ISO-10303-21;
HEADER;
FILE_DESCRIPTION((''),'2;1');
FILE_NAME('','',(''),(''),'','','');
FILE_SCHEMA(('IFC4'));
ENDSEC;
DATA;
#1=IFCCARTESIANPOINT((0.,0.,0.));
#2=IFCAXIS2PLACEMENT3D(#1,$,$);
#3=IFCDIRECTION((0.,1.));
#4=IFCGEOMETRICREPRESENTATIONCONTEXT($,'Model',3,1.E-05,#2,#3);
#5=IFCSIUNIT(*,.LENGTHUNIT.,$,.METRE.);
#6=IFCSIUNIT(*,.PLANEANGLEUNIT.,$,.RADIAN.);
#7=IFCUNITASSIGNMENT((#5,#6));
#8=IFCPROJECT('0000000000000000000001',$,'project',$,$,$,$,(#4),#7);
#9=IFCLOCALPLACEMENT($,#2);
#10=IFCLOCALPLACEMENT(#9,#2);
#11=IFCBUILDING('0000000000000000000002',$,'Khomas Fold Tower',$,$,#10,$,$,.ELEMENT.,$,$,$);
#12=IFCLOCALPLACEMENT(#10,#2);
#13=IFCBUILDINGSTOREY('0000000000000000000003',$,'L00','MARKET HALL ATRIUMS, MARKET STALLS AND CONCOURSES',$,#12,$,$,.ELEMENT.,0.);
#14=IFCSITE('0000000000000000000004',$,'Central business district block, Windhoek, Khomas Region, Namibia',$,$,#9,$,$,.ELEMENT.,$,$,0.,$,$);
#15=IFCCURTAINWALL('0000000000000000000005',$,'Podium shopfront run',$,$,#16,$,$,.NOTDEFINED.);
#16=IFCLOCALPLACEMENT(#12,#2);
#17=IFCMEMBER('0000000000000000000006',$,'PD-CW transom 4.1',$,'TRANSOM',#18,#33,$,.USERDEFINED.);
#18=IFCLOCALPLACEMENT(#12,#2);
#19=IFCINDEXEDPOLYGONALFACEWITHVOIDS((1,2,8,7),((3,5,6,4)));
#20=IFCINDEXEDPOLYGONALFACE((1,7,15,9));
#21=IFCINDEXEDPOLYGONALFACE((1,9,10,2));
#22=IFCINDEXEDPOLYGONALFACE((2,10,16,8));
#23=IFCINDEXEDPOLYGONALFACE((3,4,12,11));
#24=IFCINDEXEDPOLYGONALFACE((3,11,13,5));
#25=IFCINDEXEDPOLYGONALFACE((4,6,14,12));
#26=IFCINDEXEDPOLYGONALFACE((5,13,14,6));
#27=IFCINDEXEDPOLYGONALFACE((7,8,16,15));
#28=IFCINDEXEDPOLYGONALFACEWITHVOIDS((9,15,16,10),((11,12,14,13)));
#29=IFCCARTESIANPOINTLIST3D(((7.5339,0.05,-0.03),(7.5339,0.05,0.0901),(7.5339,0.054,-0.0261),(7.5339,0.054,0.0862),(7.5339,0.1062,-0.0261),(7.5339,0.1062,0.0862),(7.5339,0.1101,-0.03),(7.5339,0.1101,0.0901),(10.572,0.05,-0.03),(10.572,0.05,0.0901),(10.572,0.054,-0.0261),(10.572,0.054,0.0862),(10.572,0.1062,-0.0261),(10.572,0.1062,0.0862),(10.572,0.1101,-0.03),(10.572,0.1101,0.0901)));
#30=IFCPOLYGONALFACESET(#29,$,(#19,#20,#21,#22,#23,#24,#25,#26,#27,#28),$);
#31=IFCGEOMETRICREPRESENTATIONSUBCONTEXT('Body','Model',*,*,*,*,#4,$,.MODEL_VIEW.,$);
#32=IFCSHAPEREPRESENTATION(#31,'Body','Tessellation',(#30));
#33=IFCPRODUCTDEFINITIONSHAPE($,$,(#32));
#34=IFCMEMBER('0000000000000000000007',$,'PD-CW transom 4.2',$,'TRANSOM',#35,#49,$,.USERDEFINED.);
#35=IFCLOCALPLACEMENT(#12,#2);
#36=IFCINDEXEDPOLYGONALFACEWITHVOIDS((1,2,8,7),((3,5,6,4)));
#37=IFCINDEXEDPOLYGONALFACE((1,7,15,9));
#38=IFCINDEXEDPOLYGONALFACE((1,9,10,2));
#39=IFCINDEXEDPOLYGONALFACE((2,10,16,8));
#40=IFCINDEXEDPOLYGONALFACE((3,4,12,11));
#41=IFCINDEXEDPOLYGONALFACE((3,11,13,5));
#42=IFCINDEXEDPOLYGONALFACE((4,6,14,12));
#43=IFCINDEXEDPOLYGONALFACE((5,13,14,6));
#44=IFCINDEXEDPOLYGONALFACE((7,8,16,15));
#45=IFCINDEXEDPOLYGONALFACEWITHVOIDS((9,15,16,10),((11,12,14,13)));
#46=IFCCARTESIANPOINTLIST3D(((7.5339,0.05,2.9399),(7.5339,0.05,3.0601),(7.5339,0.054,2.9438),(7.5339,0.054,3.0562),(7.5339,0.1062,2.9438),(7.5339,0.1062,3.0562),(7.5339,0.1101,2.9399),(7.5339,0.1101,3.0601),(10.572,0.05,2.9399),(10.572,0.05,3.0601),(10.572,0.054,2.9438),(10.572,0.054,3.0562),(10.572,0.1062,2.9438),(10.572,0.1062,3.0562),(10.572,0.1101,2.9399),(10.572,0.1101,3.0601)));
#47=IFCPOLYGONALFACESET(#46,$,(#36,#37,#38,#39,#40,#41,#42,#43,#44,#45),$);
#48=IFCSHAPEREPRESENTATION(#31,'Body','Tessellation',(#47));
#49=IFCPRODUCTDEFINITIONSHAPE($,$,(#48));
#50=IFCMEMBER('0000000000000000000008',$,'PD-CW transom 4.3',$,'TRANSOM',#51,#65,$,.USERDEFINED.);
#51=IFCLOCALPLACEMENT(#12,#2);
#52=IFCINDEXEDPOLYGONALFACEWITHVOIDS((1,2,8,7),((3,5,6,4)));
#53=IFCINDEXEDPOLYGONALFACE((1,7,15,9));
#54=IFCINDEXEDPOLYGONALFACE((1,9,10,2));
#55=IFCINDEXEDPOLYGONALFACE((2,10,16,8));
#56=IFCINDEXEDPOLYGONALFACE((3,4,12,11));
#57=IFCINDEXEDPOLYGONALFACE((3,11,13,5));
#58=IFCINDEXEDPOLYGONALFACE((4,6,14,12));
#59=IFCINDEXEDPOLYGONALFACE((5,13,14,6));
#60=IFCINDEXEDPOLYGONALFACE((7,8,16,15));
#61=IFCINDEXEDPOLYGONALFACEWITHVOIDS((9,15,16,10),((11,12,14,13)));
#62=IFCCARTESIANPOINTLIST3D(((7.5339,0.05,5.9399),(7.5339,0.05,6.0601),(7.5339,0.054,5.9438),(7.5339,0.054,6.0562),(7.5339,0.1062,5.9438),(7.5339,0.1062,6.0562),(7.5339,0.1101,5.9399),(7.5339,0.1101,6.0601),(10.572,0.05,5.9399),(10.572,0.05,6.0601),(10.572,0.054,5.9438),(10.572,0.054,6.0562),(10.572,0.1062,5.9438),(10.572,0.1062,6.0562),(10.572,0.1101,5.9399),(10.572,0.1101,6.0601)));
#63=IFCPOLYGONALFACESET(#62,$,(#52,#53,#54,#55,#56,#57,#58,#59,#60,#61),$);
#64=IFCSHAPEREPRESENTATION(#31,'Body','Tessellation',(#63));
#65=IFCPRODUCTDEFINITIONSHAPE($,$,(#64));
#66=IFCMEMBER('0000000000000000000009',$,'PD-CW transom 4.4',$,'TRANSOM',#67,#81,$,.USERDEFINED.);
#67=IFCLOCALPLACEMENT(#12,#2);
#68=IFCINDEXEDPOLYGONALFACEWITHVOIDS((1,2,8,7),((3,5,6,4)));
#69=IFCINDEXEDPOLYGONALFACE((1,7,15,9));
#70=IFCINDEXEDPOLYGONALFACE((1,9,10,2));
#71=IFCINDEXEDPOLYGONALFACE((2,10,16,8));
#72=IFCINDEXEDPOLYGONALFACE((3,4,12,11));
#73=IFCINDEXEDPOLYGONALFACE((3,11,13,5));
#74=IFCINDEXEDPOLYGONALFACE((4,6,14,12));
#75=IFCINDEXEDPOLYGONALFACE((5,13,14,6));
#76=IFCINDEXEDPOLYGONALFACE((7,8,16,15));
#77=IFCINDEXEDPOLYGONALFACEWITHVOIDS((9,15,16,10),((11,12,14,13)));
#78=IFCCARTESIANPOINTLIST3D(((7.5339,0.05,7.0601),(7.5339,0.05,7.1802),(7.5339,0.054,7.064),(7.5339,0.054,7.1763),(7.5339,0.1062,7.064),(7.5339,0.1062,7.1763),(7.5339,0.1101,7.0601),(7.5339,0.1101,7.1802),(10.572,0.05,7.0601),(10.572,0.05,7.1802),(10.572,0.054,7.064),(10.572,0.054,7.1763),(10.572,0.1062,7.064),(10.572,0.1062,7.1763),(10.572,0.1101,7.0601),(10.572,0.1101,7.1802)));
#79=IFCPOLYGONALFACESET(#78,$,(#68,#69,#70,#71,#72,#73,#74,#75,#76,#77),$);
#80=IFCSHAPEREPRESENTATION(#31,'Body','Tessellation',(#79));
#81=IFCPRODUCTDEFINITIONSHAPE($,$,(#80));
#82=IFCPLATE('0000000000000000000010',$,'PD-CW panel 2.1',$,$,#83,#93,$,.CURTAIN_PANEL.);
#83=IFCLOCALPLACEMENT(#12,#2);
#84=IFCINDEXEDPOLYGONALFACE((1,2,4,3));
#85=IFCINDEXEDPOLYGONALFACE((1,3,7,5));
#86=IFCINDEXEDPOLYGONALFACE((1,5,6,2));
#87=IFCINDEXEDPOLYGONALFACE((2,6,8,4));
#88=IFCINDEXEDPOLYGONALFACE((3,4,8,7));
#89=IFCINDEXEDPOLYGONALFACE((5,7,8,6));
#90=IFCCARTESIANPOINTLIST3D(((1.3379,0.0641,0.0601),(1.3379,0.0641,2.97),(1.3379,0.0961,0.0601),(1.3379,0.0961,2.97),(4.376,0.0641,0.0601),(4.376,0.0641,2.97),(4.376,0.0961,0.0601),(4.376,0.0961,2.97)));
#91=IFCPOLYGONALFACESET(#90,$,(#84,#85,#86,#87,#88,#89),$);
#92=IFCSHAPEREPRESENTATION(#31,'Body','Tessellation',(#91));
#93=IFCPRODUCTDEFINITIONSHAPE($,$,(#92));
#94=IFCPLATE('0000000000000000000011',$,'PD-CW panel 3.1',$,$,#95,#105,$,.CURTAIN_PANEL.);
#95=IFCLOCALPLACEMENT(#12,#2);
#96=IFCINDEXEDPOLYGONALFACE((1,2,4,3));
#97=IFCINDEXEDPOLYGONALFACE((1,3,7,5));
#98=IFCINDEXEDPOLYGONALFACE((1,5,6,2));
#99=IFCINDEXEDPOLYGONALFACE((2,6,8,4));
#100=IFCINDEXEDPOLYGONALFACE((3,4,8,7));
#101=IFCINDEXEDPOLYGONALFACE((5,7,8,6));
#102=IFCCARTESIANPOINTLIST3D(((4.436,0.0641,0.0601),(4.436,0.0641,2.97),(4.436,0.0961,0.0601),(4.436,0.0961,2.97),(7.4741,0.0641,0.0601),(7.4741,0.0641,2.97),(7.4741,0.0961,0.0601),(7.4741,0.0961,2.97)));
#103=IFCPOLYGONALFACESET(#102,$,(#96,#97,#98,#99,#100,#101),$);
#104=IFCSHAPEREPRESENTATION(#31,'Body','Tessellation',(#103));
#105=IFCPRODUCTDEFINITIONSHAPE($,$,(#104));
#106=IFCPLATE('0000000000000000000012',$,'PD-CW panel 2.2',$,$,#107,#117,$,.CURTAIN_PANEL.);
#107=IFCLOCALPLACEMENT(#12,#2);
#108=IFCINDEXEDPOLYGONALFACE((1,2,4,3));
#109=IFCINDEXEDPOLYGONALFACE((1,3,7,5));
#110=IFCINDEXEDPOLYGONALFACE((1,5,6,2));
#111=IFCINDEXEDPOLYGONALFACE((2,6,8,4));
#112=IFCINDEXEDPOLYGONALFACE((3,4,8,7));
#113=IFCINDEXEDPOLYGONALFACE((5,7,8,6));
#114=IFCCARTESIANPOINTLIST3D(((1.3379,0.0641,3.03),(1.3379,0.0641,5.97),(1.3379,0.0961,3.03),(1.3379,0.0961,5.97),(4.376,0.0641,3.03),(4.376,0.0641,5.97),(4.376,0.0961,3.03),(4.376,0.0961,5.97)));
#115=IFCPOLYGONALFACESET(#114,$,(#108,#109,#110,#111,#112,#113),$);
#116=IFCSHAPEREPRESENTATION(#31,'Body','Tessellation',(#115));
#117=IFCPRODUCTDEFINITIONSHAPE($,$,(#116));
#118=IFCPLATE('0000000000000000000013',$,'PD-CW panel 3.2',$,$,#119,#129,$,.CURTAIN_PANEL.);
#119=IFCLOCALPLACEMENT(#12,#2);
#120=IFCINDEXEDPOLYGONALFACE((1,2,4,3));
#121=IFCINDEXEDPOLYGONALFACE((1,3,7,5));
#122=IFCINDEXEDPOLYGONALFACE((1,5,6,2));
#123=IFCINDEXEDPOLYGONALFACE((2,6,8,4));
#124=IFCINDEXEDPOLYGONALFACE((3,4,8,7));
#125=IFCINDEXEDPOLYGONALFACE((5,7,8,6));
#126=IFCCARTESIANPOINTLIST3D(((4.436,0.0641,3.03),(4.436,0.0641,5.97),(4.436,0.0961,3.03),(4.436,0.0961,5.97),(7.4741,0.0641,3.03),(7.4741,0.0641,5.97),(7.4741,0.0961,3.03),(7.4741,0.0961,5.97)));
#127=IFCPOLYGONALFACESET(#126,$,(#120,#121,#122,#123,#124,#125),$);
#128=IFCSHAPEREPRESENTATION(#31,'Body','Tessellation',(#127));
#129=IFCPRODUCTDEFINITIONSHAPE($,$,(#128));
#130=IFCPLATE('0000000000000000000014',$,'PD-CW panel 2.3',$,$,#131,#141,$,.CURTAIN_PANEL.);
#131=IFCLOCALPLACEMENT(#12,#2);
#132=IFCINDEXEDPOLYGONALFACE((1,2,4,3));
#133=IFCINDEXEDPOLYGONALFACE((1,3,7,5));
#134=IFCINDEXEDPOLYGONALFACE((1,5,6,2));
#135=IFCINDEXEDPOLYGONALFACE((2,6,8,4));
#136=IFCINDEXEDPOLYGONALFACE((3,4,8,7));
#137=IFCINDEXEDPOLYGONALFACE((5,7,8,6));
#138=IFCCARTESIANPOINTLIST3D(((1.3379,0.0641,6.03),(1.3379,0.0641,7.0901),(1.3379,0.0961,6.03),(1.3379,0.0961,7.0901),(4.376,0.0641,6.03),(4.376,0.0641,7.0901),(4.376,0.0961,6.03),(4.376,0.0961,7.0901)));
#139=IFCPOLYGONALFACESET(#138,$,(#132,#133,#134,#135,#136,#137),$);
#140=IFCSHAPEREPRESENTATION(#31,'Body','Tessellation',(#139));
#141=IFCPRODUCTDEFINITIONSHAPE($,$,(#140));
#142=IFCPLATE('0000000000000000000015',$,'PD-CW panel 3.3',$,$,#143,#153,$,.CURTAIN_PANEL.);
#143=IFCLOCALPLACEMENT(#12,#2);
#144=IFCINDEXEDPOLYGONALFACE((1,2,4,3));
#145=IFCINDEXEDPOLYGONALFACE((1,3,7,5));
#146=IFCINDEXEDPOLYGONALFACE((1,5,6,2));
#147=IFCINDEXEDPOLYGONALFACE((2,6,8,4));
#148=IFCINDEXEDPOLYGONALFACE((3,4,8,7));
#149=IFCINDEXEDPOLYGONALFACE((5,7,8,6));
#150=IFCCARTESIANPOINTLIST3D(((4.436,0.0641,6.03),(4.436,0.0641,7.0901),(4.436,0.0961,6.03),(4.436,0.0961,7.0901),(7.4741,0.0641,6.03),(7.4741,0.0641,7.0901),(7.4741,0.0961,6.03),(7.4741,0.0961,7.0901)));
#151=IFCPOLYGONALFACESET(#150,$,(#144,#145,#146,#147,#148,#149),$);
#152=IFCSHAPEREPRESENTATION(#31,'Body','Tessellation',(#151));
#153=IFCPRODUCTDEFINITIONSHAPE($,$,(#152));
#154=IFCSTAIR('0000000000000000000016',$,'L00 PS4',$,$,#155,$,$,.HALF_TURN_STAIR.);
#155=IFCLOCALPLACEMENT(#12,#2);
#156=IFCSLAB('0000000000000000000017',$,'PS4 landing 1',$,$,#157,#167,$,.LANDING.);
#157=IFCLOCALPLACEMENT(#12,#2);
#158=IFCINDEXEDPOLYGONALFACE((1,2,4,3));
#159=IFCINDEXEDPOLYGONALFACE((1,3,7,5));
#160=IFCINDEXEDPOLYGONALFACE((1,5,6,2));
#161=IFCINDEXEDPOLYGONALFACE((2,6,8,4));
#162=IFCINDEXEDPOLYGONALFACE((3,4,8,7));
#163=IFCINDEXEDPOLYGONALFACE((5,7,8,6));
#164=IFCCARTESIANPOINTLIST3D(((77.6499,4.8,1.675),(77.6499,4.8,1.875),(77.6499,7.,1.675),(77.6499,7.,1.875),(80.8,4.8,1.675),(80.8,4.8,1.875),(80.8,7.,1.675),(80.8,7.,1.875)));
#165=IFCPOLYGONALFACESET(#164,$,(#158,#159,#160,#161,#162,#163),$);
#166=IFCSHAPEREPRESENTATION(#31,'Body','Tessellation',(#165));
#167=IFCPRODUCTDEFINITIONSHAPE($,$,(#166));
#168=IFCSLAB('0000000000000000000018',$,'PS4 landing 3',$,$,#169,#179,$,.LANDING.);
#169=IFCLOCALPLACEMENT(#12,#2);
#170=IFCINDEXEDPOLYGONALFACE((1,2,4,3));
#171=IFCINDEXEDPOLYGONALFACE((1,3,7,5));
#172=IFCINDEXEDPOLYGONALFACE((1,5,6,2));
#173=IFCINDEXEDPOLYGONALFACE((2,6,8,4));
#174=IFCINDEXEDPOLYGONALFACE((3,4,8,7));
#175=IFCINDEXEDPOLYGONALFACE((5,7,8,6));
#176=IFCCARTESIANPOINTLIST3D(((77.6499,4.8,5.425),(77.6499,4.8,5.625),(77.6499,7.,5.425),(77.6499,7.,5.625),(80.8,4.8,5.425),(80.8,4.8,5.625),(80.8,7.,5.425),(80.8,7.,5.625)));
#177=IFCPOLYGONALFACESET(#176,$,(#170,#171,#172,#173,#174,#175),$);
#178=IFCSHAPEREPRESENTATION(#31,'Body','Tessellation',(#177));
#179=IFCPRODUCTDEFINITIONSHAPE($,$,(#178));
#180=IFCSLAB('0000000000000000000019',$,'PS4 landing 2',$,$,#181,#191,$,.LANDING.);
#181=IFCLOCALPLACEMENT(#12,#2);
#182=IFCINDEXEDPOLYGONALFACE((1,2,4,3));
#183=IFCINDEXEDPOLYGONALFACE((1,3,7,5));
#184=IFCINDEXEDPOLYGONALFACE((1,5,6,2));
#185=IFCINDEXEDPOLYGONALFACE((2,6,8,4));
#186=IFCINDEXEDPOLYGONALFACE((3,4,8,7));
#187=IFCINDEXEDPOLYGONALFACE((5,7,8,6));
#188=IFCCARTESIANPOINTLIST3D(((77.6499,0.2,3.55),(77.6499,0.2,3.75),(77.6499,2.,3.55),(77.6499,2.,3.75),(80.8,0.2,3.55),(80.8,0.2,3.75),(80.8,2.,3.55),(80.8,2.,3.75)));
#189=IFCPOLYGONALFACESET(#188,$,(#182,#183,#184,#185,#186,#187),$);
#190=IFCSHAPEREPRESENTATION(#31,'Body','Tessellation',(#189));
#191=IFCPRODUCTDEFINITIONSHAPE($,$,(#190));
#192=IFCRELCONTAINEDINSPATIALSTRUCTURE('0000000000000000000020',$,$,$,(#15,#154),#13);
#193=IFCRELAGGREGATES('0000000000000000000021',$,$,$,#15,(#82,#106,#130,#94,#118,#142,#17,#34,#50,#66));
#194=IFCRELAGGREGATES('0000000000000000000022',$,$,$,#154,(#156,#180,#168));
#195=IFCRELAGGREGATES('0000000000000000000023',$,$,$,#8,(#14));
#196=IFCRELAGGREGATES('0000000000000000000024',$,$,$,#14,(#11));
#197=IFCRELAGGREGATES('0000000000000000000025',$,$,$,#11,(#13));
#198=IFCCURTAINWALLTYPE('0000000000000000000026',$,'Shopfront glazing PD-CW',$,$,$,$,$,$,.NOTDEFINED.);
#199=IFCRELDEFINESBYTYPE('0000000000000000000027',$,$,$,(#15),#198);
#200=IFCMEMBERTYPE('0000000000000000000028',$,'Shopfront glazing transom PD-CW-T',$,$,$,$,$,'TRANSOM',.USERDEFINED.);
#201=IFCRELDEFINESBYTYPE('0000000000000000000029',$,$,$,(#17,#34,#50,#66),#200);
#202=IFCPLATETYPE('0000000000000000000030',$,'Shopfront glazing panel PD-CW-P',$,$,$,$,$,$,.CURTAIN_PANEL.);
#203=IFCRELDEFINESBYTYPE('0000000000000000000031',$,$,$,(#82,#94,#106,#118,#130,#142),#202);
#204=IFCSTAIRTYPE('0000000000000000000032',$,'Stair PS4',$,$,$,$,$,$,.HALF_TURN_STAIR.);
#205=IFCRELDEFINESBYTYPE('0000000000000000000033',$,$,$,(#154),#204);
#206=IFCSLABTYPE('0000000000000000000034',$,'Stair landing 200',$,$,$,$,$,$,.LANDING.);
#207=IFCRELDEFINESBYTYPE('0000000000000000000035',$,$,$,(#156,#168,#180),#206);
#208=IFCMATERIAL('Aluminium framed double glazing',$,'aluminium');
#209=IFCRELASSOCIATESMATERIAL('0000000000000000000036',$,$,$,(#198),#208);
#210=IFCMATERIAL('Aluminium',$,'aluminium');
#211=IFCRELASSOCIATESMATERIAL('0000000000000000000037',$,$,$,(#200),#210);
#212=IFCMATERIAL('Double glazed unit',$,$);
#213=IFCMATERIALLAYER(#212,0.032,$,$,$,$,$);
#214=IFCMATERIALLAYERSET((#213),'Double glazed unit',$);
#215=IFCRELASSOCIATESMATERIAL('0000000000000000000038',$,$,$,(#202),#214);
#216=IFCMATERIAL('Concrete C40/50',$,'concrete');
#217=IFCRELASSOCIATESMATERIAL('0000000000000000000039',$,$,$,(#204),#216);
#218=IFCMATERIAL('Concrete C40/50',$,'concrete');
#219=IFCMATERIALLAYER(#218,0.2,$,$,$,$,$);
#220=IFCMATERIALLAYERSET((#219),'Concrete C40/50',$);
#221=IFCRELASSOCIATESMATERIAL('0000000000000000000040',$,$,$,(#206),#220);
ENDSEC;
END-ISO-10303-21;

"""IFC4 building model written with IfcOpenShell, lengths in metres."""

from ifc_helpers import new_model, si_unit, direction, frame, origin, origin_2d, place, context, subcontext, project, spatial, polyline, rectangle, hollow_rectangle, outline, extrude, source, transform, mapped, material, layer, layer_set, material_profile, profile_set, type_object, element, aggregate, save


model = new_model("IFC4")

# Units and contexts
model_context = context("Model", 3, precision=1e-05, world=origin(), true_north=direction((0.0, 1.0)))
body_context = subcontext(model_context, "Body", "Model", "MODEL_VIEW")
ifc_project = project(units=[si_unit("LENGTHUNIT", "METRE"), si_unit("PLANEANGLEUNIT", "RADIAN")], contexts=[model_context])

# Site, building, storey
site_placement = place(None, origin())
site = spatial("IfcSite", under=ifc_project, at=site_placement, Name="Central business district block, Windhoek, Khomas Region, Namibia", CompositionType="ELEMENT", RefElevation=0.0)
building_placement = place(site_placement, origin())
building = spatial("IfcBuilding", under=site, at=building_placement, Name="Khomas Fold Tower", CompositionType="ELEMENT")
storey_placement = place(building_placement, origin())
storey = spatial("IfcBuildingStorey", under=building, at=storey_placement, Name="L00", Description="MARKET HALL ATRIUMS, MARKET STALLS AND CONCOURSES", CompositionType="ELEMENT", Elevation=0.0)

# Curtain wall, members, plates
ifc_material_1 = material(Name="Aluminium framed double glazing", Category="aluminium")
curtain_wall_type = type_object("IfcCurtainWallType", Name="Shopfront glazing PD-CW", PredefinedType="NOTDEFINED", material=ifc_material_1)
curtain_wall_placement = place(storey_placement, origin())
curtain_wall = element("IfcCurtainWall", 1, at=curtain_wall_placement, inside=storey, type_object=curtain_wall_type, Name="Podium shopfront run", PredefinedType="NOTDEFINED")
ifc_material_2 = material(Name="Aluminium", Category="aluminium")
ifc_material_profile_1 = material_profile(ifc_material_2, hollow_rectangle(XDim=0.0601, YDim=0.1201, WallThickness=0.0039, at=origin_2d()), Name="Shopfront glazing transom PD-CW-T")
ifc_profile_set_1 = profile_set([ifc_material_profile_1], Name="Aluminium")
member_type_1 = type_object("IfcMemberType", Name="Shopfront glazing transom PD-CW-T", ElementType="TRANSOM", PredefinedType="USERDEFINED", material=ifc_profile_set_1)
shared_shape_1 = source(origin(), body_context, "Body", "SweptSolid", [
    extrude(hollow_rectangle(XDim=0.0601, YDim=0.1201, WallThickness=0.0039, at=origin_2d()), origin(), (0.0, 0.0, 1.0), 3.0381),
])
member_1_placement = place(storey_placement, frame((7.5339, 0.0801, 0.03), z_axis=(1.0, 0.0, 0.0), x_axis=(0.0, 1.0, 0.0)))
member_1 = element("IfcMember", 2, at=member_1_placement, type_object=member_type_1, Name="PD-CW transom 4.1", ObjectType="TRANSOM", PredefinedType="USERDEFINED", context=body_context, shape_type="MappedRepresentation", body=[
    mapped(shared_shape_1, transform((0.0, 0.0, 0.0))),
])
member_2_placement = place(storey_placement, frame((7.5339, 0.0801, 3.0), z_axis=(1.0, 0.0, 0.0), x_axis=(0.0, 1.0, 0.0)))
member_2 = element("IfcMember", 3, at=member_2_placement, type_object=member_type_1, Name="PD-CW transom 4.2", ObjectType="TRANSOM", PredefinedType="USERDEFINED", context=body_context, shape_type="MappedRepresentation", body=[
    mapped(shared_shape_1, transform((0.0, 0.0, 0.0))),
])
member_3_placement = place(storey_placement, frame((7.5339, 0.0801, 6.0), z_axis=(1.0, 0.0, 0.0), x_axis=(0.0, 1.0, 0.0)))
member_3 = element("IfcMember", 4, at=member_3_placement, type_object=member_type_1, Name="PD-CW transom 4.3", ObjectType="TRANSOM", PredefinedType="USERDEFINED", context=body_context, shape_type="MappedRepresentation", body=[
    mapped(shared_shape_1, transform((0.0, 0.0, 0.0))),
])
member_4_placement = place(storey_placement, frame((7.5339, 0.0801, 7.1201), z_axis=(1.0, 0.0, 0.0), x_axis=(0.0, 1.0, 0.0)))
member_4 = element("IfcMember", 5, at=member_4_placement, type_object=member_type_1, Name="PD-CW transom 4.4", ObjectType="TRANSOM", PredefinedType="USERDEFINED", context=body_context, shape_type="MappedRepresentation", body=[
    mapped(shared_shape_1, transform((0.0, 0.0, 0.0))),
])
ifc_material_3 = material(Name="Double glazed unit")
ifc_layer_1 = layer(ifc_material_3, 0.032)
ifc_layer_set_1 = layer_set([ifc_layer_1], Name="Double glazed unit")
plate_type = type_object("IfcPlateType", Name="Shopfront glazing panel PD-CW-P", PredefinedType="CURTAIN_PANEL", material=ifc_layer_set_1)
shared_shape_2 = source(origin(), body_context, "Body", "SweptSolid", [
    extrude(rectangle(XDim=3.0381, YDim=0.032, at=origin_2d()), origin(), (0.0, 0.0, 1.0), 2.9099),
])
plate_1_placement = place(storey_placement, frame((2.8569, 0.0801, 0.0601), z_axis=(0.0, 0.0, 1.0), x_axis=(1.0, 0.0, 0.0)))
plate_1 = element("IfcPlate", 6, at=plate_1_placement, type_object=plate_type, Name="PD-CW panel 2.1", PredefinedType="CURTAIN_PANEL", context=body_context, shape_type="MappedRepresentation", body=[
    mapped(shared_shape_2, transform((0.0, 0.0, 0.0))),
])
plate_2_placement = place(storey_placement, frame((5.9551, 0.0801, 0.0601), z_axis=(0.0, 0.0, 1.0), x_axis=(1.0, 0.0, 0.0)))
plate_2 = element("IfcPlate", 7, at=plate_2_placement, type_object=plate_type, Name="PD-CW panel 3.1", PredefinedType="CURTAIN_PANEL", context=body_context, shape_type="MappedRepresentation", body=[
    mapped(shared_shape_2, transform((0.0, 0.0, 0.0))),
])
shared_shape_3 = source(origin(), body_context, "Body", "SweptSolid", [
    extrude(rectangle(XDim=3.0381, YDim=0.032, at=origin_2d()), origin(), (0.0, 0.0, 1.0), 2.9399),
])
plate_3_placement = place(storey_placement, frame((2.8569, 0.0801, 3.03), z_axis=(0.0, 0.0, 1.0), x_axis=(1.0, 0.0, 0.0)))
plate_3 = element("IfcPlate", 8, at=plate_3_placement, type_object=plate_type, Name="PD-CW panel 2.2", PredefinedType="CURTAIN_PANEL", context=body_context, shape_type="MappedRepresentation", body=[
    mapped(shared_shape_3, transform((0.0, 0.0, 0.0))),
])
plate_4_placement = place(storey_placement, frame((5.9551, 0.0801, 3.03), z_axis=(0.0, 0.0, 1.0), x_axis=(1.0, 0.0, 0.0)))
plate_4 = element("IfcPlate", 9, at=plate_4_placement, type_object=plate_type, Name="PD-CW panel 3.2", PredefinedType="CURTAIN_PANEL", context=body_context, shape_type="MappedRepresentation", body=[
    mapped(shared_shape_3, transform((0.0, 0.0, 0.0))),
])
shared_shape_4 = source(origin(), body_context, "Body", "SweptSolid", [
    extrude(rectangle(XDim=3.0381, YDim=0.032, at=origin_2d()), origin(), (0.0, 0.0, 1.0), 1.0601),
])
plate_5_placement = place(storey_placement, frame((2.8569, 0.0801, 6.03), z_axis=(0.0, 0.0, 1.0), x_axis=(1.0, 0.0, 0.0)))
plate_5 = element("IfcPlate", 10, at=plate_5_placement, type_object=plate_type, Name="PD-CW panel 2.3", PredefinedType="CURTAIN_PANEL", context=body_context, shape_type="MappedRepresentation", body=[
    mapped(shared_shape_4, transform((0.0, 0.0, 0.0))),
])
plate_6_placement = place(storey_placement, frame((5.9551, 0.0801, 6.03), z_axis=(0.0, 0.0, 1.0), x_axis=(1.0, 0.0, 0.0)))
plate_6 = element("IfcPlate", 11, at=plate_6_placement, type_object=plate_type, Name="PD-CW panel 3.3", PredefinedType="CURTAIN_PANEL", context=body_context, shape_type="MappedRepresentation", body=[
    mapped(shared_shape_4, transform((0.0, 0.0, 0.0))),
])
aggregate(curtain_wall, [plate_1, plate_3, plate_5, plate_2, plate_4, plate_6, member_1, member_2, member_3, member_4])

# Stair, slabs
ifc_material_4 = material(Name="Concrete C40/50", Category="concrete")
stair_type_1 = type_object("IfcStairType", Name="Stair PS4", PredefinedType="HALF_TURN_STAIR", material=ifc_material_4)
stair_1_placement = place(storey_placement, origin())
stair_1 = element("IfcStair", 12, at=stair_1_placement, inside=storey, type_object=stair_type_1, Name="L00 PS4", PredefinedType="HALF_TURN_STAIR")
ifc_material_5 = material(Name="Concrete C40/50", Category="concrete")
ifc_layer_2 = layer(ifc_material_5, 0.2)
ifc_layer_set_2 = layer_set([ifc_layer_2], Name="Concrete C40/50")
slab_type = type_object("IfcSlabType", Name="Stair landing 200", PredefinedType="LANDING", material=ifc_layer_set_2)
shared_shape_5 = source(origin(), body_context, "Body", "SweptSolid", [
    extrude(outline(polyline([(80.8, 4.8), (80.8, 7.0), (77.6499, 7.0), (77.6499, 4.8), (80.8, 4.8)])), origin(), (0.0, 0.0, 1.0), 0.2),
])
slab_1_placement = place(storey_placement, frame((0.0, 0.0, 1.675)))
slab_1 = element("IfcSlab", 13, at=slab_1_placement, type_object=slab_type, Name="PS4 landing 1", PredefinedType="LANDING", context=body_context, shape_type="MappedRepresentation", body=[
    mapped(shared_shape_5, transform((0.0, 0.0, 0.0))),
])
slab_2_placement = place(storey_placement, frame((0.0, 0.0, 5.425)))
slab_2 = element("IfcSlab", 14, at=slab_2_placement, type_object=slab_type, Name="PS4 landing 3", PredefinedType="LANDING", context=body_context, shape_type="MappedRepresentation", body=[
    mapped(shared_shape_5, transform((0.0, 0.0, 0.0))),
])
shared_shape_6 = source(origin(), body_context, "Body", "SweptSolid", [
    extrude(outline(polyline([(80.8, 0.2), (80.8, 2.0), (77.6499, 2.0), (77.6499, 0.2), (80.8, 0.2)])), origin(), (0.0, 0.0, 1.0), 0.2),
])
slab_3_placement = place(storey_placement, frame((0.0, 0.0, 3.55)))
slab_3 = element("IfcSlab", 15, at=slab_3_placement, type_object=slab_type, Name="PS4 landing 2", PredefinedType="LANDING", context=body_context, shape_type="MappedRepresentation", body=[
    mapped(shared_shape_6, transform((0.0, 0.0, 0.0))),
])
aggregate(stair_1, [slab_1, slab_3, slab_2])

save(model, "model.ifc")
